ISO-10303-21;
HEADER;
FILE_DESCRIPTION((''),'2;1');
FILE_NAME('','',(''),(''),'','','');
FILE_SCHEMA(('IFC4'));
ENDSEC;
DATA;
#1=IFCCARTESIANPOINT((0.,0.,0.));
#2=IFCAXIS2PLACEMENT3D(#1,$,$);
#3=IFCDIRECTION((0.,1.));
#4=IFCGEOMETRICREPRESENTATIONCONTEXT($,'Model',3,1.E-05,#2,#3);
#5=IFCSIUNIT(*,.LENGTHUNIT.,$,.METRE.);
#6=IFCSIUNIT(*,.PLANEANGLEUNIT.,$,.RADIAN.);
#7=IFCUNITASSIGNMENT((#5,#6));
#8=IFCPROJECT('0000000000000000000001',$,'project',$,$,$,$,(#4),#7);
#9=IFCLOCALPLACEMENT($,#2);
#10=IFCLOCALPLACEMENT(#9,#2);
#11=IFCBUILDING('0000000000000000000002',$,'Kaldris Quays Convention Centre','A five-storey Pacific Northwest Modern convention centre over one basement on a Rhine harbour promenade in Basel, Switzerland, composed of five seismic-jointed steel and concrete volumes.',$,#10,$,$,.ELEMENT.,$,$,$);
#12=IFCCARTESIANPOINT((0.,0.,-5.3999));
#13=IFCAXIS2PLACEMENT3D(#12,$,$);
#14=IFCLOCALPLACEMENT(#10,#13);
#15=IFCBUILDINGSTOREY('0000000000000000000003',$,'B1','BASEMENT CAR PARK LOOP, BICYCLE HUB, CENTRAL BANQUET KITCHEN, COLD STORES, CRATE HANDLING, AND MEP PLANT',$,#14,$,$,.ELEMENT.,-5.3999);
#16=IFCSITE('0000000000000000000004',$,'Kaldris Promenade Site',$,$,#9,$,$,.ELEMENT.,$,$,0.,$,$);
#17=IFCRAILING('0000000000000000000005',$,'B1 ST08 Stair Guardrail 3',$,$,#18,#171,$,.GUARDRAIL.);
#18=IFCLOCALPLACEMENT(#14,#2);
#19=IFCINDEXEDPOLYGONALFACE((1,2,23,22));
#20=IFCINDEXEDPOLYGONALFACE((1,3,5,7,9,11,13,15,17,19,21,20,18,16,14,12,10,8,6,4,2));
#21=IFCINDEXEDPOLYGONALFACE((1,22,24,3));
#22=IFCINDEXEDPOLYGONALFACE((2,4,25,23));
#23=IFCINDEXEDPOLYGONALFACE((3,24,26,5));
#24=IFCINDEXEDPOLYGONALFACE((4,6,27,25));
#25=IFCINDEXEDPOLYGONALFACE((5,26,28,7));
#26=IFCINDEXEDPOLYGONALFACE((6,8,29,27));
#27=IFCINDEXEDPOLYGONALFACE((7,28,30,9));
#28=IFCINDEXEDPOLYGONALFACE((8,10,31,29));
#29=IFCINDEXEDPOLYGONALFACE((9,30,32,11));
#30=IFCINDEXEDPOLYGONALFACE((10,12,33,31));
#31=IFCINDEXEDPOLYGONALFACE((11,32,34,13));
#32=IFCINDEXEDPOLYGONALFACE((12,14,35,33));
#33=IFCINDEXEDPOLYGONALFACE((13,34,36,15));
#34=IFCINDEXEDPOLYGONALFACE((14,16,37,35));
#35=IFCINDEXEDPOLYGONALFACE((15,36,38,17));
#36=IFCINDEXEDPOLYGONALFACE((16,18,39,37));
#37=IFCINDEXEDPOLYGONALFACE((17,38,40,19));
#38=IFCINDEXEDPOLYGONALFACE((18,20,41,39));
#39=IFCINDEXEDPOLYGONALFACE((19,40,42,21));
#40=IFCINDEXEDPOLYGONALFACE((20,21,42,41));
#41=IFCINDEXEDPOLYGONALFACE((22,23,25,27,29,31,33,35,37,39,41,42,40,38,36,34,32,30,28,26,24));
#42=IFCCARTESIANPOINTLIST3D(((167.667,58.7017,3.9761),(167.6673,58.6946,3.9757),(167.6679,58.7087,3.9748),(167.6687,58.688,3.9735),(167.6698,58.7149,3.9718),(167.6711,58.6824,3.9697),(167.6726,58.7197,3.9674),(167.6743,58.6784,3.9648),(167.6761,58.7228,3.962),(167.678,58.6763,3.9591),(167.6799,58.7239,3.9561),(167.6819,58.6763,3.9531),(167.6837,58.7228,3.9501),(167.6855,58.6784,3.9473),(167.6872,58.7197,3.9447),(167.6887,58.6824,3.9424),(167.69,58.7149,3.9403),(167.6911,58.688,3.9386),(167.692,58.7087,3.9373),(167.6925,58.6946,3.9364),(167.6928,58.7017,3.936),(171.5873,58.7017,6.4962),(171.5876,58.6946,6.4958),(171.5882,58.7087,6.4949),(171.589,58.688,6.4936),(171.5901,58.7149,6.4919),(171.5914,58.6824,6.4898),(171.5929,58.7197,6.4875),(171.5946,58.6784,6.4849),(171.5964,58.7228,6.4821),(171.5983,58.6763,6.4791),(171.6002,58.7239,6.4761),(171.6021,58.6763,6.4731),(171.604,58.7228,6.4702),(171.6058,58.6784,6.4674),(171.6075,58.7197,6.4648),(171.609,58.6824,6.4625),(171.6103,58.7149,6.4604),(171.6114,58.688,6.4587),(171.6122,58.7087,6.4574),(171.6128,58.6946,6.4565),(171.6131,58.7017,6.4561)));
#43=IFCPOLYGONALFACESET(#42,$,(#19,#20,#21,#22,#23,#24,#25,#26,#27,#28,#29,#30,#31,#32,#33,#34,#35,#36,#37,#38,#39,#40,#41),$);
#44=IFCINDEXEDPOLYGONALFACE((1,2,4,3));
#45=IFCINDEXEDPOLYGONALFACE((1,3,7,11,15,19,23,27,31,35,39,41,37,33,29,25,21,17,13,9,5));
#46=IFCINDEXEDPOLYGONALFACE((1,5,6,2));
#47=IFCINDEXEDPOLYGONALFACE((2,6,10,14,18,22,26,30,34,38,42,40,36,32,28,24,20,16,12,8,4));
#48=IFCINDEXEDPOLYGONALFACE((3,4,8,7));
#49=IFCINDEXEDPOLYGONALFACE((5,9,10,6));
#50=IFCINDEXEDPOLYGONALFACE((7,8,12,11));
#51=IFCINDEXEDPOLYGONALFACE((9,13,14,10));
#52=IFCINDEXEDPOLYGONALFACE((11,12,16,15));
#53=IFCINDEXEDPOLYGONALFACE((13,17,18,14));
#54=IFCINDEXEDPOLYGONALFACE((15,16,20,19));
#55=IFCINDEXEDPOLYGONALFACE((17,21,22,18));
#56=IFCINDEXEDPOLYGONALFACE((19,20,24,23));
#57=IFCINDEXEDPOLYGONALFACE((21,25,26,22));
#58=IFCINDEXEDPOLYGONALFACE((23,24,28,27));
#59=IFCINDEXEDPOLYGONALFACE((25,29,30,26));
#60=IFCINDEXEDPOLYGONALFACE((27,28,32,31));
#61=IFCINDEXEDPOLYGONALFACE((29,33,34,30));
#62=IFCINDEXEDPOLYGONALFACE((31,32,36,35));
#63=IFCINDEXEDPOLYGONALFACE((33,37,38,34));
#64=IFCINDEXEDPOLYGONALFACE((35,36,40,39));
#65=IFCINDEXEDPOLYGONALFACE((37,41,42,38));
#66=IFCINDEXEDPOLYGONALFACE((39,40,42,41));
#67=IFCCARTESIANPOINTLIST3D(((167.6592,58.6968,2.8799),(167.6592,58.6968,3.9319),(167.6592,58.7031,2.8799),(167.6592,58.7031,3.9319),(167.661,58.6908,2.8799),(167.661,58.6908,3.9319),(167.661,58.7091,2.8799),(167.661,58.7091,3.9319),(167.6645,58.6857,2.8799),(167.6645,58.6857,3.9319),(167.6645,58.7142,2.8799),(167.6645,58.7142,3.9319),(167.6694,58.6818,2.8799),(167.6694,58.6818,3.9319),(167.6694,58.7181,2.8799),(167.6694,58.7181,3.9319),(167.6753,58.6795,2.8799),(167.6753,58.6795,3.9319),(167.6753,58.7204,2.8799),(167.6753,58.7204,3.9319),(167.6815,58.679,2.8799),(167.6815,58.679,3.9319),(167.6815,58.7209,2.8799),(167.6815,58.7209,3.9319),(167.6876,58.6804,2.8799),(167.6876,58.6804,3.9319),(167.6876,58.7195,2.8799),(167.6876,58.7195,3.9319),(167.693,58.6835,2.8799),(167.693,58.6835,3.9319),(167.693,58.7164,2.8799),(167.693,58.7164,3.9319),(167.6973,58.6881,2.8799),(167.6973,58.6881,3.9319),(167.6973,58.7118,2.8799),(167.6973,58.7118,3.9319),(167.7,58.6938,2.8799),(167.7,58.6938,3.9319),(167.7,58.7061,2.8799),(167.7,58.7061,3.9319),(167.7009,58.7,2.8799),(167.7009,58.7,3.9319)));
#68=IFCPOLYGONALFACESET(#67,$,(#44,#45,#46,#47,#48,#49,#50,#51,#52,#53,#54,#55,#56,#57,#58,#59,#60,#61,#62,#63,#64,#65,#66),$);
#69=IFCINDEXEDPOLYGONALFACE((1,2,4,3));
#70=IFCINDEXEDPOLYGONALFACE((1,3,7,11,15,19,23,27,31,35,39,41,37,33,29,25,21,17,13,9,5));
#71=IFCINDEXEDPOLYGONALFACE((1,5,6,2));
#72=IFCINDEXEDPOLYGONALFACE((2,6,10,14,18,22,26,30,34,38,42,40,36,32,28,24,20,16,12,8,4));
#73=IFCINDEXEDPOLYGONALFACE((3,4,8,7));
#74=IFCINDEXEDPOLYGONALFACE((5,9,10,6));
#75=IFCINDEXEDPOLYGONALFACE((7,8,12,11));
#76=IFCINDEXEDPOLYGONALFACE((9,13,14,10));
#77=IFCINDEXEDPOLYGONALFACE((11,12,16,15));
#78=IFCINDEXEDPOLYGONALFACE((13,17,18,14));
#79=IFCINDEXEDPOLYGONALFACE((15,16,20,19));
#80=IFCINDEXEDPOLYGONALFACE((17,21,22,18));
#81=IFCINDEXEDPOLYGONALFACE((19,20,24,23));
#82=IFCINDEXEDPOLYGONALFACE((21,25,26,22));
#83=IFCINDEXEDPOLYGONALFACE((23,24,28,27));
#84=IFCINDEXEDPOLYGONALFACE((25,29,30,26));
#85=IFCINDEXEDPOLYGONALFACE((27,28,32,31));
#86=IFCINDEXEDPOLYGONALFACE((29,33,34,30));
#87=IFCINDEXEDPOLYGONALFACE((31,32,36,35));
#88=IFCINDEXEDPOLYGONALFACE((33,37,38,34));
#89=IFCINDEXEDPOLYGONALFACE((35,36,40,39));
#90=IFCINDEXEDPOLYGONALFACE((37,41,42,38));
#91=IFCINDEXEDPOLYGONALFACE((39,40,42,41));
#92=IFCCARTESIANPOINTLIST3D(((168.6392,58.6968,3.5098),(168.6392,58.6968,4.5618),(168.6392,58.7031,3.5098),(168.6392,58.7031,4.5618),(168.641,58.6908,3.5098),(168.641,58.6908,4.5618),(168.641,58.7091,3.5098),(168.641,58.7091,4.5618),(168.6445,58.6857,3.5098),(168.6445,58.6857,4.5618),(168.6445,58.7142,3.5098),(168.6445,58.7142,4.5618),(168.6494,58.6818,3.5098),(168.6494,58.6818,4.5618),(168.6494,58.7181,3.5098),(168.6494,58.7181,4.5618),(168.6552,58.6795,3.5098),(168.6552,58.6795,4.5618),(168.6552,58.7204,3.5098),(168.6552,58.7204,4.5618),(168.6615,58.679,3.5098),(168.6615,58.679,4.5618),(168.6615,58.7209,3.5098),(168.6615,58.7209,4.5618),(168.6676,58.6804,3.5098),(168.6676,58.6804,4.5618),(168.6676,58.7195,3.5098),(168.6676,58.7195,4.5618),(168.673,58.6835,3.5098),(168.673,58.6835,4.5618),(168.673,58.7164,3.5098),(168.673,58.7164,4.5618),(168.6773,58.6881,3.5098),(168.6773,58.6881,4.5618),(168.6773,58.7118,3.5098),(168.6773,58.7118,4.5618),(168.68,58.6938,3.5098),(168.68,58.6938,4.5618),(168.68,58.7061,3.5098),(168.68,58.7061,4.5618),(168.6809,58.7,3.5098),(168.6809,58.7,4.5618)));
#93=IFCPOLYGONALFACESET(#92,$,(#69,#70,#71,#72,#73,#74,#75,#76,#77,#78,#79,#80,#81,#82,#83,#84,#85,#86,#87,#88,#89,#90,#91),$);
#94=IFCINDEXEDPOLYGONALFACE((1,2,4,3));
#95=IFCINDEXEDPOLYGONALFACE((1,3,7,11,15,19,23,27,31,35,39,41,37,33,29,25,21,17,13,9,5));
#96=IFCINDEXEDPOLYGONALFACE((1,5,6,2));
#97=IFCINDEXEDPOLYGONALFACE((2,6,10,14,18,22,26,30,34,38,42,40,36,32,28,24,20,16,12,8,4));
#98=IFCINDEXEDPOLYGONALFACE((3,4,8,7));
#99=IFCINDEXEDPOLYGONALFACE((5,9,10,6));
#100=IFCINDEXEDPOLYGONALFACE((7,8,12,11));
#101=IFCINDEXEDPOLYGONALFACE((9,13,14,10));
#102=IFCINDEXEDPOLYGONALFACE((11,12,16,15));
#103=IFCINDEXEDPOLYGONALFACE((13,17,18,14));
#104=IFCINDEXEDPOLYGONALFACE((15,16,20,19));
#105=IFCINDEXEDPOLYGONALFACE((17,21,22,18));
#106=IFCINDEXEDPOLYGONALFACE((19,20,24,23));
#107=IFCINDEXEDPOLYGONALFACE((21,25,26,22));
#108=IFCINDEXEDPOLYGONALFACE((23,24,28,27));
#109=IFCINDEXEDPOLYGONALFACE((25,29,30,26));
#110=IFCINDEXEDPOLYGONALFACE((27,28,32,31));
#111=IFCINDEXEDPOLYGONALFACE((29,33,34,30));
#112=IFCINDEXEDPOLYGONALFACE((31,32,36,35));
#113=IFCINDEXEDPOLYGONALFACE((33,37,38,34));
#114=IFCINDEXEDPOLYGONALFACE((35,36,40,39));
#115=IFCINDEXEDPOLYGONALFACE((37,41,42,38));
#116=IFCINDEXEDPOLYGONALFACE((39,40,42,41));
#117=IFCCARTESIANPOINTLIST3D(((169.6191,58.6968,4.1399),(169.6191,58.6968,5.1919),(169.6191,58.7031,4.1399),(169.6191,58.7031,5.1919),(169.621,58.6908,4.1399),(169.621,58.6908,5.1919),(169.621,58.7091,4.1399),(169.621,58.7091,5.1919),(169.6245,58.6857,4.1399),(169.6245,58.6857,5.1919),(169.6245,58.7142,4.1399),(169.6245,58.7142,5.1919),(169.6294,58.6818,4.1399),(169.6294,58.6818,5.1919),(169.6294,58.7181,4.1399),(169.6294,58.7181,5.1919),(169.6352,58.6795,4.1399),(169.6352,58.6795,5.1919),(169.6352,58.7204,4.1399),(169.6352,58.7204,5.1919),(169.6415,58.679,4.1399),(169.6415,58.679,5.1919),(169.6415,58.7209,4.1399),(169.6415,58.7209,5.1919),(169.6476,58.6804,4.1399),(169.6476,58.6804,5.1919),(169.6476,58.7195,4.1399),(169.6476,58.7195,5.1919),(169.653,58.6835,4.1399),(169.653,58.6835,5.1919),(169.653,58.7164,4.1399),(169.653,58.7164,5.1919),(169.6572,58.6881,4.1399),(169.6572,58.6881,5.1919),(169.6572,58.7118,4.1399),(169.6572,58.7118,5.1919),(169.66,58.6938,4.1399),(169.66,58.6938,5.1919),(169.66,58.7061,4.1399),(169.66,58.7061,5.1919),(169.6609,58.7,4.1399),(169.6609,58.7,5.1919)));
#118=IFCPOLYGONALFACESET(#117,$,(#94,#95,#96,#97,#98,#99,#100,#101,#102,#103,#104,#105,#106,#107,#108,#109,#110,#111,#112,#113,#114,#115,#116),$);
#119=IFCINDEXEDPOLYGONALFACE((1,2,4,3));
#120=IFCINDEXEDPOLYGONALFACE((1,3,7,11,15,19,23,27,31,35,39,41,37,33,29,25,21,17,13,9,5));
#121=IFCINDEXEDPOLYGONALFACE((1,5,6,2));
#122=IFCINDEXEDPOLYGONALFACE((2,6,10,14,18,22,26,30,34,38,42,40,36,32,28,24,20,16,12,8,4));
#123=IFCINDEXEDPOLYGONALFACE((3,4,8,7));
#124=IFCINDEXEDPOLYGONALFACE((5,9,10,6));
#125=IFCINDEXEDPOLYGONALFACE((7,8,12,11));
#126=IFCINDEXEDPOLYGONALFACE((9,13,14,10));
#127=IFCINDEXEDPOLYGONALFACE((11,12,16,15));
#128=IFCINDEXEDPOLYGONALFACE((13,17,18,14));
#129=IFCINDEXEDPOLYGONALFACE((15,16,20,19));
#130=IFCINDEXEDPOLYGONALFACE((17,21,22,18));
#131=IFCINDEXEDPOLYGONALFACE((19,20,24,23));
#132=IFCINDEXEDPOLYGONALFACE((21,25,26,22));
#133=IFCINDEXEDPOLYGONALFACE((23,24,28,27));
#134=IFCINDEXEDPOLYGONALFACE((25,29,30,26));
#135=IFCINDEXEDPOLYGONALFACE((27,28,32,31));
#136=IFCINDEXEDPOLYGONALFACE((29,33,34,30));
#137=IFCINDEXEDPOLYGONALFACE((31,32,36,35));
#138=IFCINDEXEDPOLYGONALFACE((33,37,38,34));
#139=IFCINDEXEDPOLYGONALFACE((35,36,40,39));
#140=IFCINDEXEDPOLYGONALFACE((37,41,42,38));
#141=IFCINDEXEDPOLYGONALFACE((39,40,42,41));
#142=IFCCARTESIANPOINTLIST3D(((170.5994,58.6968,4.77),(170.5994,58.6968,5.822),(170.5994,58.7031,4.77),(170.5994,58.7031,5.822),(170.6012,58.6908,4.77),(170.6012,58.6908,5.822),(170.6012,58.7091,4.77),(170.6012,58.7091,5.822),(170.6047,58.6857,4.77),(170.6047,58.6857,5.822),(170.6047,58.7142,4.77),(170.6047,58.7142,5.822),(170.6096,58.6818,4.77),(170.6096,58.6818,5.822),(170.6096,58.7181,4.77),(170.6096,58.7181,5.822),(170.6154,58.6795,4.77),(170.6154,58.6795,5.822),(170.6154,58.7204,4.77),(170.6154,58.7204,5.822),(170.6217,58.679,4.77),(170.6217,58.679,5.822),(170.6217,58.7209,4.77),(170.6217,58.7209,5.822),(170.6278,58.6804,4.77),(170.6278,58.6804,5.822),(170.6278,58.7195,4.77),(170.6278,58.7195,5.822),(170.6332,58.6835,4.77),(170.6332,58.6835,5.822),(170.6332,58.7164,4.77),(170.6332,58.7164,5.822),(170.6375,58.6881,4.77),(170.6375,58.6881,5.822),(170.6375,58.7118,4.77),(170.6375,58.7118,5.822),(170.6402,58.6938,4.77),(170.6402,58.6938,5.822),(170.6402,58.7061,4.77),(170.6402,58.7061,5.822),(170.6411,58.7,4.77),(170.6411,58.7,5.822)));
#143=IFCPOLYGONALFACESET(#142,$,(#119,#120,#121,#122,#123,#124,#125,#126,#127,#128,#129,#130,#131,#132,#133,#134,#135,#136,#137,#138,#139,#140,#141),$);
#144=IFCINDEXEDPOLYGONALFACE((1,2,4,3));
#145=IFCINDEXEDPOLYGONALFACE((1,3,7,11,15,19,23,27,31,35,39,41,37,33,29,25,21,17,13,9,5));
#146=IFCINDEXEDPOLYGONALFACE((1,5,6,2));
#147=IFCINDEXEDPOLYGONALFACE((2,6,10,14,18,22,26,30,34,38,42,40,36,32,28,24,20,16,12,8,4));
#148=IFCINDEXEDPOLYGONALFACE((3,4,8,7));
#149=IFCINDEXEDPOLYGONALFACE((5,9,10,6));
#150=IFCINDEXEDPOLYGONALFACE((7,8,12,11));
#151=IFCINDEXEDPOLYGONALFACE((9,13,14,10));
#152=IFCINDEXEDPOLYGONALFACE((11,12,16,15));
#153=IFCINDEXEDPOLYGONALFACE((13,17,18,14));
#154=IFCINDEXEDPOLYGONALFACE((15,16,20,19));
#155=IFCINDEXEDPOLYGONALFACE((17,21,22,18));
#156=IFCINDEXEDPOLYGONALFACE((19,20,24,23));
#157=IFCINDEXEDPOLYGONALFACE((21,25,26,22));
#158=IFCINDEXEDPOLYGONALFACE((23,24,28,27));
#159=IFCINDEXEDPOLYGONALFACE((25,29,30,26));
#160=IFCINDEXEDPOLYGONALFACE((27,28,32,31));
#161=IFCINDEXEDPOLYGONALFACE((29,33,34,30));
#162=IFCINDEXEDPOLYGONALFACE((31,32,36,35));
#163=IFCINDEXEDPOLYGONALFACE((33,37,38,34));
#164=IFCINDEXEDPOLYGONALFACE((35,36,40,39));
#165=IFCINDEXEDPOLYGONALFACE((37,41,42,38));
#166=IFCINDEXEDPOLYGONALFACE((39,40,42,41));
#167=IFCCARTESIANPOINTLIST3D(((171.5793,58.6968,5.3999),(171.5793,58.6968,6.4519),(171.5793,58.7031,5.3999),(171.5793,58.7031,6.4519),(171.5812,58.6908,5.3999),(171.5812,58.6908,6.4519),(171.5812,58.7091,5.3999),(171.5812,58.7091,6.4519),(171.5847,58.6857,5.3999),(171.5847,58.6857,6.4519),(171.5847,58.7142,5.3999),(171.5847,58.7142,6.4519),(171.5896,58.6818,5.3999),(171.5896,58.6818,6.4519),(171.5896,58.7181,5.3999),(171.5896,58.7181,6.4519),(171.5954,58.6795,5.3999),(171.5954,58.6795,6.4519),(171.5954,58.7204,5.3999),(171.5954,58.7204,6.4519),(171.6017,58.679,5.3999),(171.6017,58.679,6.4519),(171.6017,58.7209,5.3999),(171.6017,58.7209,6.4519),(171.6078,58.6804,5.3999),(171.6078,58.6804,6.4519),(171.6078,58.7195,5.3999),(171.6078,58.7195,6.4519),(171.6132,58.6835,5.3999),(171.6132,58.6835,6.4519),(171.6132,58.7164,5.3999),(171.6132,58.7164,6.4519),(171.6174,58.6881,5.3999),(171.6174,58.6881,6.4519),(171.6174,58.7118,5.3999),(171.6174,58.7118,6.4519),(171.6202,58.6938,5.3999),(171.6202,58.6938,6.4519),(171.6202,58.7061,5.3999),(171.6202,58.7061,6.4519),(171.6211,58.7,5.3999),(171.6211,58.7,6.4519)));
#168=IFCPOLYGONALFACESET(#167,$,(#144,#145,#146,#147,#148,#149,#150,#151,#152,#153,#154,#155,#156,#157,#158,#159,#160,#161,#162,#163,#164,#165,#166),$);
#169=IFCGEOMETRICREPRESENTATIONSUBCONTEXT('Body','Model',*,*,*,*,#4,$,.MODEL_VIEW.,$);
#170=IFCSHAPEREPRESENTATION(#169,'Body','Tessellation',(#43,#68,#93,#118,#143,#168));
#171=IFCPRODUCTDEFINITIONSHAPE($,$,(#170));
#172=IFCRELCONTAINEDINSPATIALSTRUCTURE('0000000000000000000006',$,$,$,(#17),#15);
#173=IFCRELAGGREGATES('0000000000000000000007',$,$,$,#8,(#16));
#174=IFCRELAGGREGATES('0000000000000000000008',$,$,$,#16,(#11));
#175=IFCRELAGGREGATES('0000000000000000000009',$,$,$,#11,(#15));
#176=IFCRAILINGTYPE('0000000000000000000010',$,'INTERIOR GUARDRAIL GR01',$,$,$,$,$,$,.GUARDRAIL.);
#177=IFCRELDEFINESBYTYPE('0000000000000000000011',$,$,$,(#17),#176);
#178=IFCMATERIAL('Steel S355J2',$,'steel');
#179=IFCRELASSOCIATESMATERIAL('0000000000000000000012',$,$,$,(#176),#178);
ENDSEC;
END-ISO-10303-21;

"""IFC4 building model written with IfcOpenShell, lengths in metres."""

from ifc_helpers import new_model, si_unit, direction, frame, origin, origin_2d, place, context, subcontext, project, spatial, circle, extrude, material, type_object, element, save


model = new_model("IFC4")

# Units and contexts
model_context = context("Model", 3, precision=1e-05, world=origin(), true_north=direction((0.0, 1.0)))
body_context = subcontext(model_context, "Body", "Model", "MODEL_VIEW")
ifc_project = project(units=[si_unit("LENGTHUNIT", "METRE"), si_unit("PLANEANGLEUNIT", "RADIAN")], contexts=[model_context])

# Site, building, storey
site_placement = place(None, origin())
site = spatial("IfcSite", under=ifc_project, at=site_placement, Name="Kaldris Promenade Site", CompositionType="ELEMENT", RefElevation=0.0)
building_placement = place(site_placement, origin())
building = spatial("IfcBuilding", under=site, at=building_placement, Name="Kaldris Quays Convention Centre", Description="A five-storey Pacific Northwest Modern convention centre over one basement on a Rhine harbour promenade in Basel, Switzerland, composed of five seismic-jointed steel and concrete volumes.", CompositionType="ELEMENT")
storey_placement = place(building_placement, frame((0.0, 0.0, -5.3999)))
storey = spatial("IfcBuildingStorey", under=building, at=storey_placement, Name="B1", Description="BASEMENT CAR PARK LOOP, BICYCLE HUB, CENTRAL BANQUET KITCHEN, COLD STORES, CRATE HANDLING, AND MEP PLANT", CompositionType="ELEMENT", Elevation=-5.3999)

# Shared definitions
ifc_material_1 = material(Name="Steel S355J2", Category="steel")

# Railing
railing_type_1 = type_object("IfcRailingType", Name="INTERIOR GUARDRAIL GR01", PredefinedType="GUARDRAIL", material=ifc_material_1)
railing_1_placement = place(storey_placement, frame((167.6799, 58.7, 2.8799)))
element("IfcRailing", 1, at=railing_1_placement, inside=storey, type_object=railing_type_1, Name="B1 ST08 Stair Guardrail 3", PredefinedType="GUARDRAIL", context=body_context, shape_type="SweptSolid", body=[
    extrude(circle(Radius=0.0239, at=origin_2d()), frame((0.0, 0.0, 1.0762), z_axis=(0.841187, 0.0, 0.540744), x_axis=(0.0, 1.0, 0.0)), (0.0, 0.0, 1.0), 4.6604),
    extrude(circle(Radius=0.021, at=origin_2d()), origin(), (0.0, 0.0, 1.0), 1.052),
    extrude(circle(Radius=0.021, at=origin_2d()), frame((0.98, 0.0, 0.6299)), (0.0, 0.0, 1.0), 1.052),
    extrude(circle(Radius=0.021, at=origin_2d()), frame((1.96, 0.0, 1.26)), (0.0, 0.0, 1.0), 1.052),
    extrude(circle(Radius=0.021, at=origin_2d()), frame((2.9402, 0.0, 1.8901)), (0.0, 0.0, 1.0), 1.052),
    extrude(circle(Radius=0.021, at=origin_2d()), frame((3.9202, 0.0, 2.52)), (0.0, 0.0, 1.0), 1.052),
])

save(model, "model.ifc")
